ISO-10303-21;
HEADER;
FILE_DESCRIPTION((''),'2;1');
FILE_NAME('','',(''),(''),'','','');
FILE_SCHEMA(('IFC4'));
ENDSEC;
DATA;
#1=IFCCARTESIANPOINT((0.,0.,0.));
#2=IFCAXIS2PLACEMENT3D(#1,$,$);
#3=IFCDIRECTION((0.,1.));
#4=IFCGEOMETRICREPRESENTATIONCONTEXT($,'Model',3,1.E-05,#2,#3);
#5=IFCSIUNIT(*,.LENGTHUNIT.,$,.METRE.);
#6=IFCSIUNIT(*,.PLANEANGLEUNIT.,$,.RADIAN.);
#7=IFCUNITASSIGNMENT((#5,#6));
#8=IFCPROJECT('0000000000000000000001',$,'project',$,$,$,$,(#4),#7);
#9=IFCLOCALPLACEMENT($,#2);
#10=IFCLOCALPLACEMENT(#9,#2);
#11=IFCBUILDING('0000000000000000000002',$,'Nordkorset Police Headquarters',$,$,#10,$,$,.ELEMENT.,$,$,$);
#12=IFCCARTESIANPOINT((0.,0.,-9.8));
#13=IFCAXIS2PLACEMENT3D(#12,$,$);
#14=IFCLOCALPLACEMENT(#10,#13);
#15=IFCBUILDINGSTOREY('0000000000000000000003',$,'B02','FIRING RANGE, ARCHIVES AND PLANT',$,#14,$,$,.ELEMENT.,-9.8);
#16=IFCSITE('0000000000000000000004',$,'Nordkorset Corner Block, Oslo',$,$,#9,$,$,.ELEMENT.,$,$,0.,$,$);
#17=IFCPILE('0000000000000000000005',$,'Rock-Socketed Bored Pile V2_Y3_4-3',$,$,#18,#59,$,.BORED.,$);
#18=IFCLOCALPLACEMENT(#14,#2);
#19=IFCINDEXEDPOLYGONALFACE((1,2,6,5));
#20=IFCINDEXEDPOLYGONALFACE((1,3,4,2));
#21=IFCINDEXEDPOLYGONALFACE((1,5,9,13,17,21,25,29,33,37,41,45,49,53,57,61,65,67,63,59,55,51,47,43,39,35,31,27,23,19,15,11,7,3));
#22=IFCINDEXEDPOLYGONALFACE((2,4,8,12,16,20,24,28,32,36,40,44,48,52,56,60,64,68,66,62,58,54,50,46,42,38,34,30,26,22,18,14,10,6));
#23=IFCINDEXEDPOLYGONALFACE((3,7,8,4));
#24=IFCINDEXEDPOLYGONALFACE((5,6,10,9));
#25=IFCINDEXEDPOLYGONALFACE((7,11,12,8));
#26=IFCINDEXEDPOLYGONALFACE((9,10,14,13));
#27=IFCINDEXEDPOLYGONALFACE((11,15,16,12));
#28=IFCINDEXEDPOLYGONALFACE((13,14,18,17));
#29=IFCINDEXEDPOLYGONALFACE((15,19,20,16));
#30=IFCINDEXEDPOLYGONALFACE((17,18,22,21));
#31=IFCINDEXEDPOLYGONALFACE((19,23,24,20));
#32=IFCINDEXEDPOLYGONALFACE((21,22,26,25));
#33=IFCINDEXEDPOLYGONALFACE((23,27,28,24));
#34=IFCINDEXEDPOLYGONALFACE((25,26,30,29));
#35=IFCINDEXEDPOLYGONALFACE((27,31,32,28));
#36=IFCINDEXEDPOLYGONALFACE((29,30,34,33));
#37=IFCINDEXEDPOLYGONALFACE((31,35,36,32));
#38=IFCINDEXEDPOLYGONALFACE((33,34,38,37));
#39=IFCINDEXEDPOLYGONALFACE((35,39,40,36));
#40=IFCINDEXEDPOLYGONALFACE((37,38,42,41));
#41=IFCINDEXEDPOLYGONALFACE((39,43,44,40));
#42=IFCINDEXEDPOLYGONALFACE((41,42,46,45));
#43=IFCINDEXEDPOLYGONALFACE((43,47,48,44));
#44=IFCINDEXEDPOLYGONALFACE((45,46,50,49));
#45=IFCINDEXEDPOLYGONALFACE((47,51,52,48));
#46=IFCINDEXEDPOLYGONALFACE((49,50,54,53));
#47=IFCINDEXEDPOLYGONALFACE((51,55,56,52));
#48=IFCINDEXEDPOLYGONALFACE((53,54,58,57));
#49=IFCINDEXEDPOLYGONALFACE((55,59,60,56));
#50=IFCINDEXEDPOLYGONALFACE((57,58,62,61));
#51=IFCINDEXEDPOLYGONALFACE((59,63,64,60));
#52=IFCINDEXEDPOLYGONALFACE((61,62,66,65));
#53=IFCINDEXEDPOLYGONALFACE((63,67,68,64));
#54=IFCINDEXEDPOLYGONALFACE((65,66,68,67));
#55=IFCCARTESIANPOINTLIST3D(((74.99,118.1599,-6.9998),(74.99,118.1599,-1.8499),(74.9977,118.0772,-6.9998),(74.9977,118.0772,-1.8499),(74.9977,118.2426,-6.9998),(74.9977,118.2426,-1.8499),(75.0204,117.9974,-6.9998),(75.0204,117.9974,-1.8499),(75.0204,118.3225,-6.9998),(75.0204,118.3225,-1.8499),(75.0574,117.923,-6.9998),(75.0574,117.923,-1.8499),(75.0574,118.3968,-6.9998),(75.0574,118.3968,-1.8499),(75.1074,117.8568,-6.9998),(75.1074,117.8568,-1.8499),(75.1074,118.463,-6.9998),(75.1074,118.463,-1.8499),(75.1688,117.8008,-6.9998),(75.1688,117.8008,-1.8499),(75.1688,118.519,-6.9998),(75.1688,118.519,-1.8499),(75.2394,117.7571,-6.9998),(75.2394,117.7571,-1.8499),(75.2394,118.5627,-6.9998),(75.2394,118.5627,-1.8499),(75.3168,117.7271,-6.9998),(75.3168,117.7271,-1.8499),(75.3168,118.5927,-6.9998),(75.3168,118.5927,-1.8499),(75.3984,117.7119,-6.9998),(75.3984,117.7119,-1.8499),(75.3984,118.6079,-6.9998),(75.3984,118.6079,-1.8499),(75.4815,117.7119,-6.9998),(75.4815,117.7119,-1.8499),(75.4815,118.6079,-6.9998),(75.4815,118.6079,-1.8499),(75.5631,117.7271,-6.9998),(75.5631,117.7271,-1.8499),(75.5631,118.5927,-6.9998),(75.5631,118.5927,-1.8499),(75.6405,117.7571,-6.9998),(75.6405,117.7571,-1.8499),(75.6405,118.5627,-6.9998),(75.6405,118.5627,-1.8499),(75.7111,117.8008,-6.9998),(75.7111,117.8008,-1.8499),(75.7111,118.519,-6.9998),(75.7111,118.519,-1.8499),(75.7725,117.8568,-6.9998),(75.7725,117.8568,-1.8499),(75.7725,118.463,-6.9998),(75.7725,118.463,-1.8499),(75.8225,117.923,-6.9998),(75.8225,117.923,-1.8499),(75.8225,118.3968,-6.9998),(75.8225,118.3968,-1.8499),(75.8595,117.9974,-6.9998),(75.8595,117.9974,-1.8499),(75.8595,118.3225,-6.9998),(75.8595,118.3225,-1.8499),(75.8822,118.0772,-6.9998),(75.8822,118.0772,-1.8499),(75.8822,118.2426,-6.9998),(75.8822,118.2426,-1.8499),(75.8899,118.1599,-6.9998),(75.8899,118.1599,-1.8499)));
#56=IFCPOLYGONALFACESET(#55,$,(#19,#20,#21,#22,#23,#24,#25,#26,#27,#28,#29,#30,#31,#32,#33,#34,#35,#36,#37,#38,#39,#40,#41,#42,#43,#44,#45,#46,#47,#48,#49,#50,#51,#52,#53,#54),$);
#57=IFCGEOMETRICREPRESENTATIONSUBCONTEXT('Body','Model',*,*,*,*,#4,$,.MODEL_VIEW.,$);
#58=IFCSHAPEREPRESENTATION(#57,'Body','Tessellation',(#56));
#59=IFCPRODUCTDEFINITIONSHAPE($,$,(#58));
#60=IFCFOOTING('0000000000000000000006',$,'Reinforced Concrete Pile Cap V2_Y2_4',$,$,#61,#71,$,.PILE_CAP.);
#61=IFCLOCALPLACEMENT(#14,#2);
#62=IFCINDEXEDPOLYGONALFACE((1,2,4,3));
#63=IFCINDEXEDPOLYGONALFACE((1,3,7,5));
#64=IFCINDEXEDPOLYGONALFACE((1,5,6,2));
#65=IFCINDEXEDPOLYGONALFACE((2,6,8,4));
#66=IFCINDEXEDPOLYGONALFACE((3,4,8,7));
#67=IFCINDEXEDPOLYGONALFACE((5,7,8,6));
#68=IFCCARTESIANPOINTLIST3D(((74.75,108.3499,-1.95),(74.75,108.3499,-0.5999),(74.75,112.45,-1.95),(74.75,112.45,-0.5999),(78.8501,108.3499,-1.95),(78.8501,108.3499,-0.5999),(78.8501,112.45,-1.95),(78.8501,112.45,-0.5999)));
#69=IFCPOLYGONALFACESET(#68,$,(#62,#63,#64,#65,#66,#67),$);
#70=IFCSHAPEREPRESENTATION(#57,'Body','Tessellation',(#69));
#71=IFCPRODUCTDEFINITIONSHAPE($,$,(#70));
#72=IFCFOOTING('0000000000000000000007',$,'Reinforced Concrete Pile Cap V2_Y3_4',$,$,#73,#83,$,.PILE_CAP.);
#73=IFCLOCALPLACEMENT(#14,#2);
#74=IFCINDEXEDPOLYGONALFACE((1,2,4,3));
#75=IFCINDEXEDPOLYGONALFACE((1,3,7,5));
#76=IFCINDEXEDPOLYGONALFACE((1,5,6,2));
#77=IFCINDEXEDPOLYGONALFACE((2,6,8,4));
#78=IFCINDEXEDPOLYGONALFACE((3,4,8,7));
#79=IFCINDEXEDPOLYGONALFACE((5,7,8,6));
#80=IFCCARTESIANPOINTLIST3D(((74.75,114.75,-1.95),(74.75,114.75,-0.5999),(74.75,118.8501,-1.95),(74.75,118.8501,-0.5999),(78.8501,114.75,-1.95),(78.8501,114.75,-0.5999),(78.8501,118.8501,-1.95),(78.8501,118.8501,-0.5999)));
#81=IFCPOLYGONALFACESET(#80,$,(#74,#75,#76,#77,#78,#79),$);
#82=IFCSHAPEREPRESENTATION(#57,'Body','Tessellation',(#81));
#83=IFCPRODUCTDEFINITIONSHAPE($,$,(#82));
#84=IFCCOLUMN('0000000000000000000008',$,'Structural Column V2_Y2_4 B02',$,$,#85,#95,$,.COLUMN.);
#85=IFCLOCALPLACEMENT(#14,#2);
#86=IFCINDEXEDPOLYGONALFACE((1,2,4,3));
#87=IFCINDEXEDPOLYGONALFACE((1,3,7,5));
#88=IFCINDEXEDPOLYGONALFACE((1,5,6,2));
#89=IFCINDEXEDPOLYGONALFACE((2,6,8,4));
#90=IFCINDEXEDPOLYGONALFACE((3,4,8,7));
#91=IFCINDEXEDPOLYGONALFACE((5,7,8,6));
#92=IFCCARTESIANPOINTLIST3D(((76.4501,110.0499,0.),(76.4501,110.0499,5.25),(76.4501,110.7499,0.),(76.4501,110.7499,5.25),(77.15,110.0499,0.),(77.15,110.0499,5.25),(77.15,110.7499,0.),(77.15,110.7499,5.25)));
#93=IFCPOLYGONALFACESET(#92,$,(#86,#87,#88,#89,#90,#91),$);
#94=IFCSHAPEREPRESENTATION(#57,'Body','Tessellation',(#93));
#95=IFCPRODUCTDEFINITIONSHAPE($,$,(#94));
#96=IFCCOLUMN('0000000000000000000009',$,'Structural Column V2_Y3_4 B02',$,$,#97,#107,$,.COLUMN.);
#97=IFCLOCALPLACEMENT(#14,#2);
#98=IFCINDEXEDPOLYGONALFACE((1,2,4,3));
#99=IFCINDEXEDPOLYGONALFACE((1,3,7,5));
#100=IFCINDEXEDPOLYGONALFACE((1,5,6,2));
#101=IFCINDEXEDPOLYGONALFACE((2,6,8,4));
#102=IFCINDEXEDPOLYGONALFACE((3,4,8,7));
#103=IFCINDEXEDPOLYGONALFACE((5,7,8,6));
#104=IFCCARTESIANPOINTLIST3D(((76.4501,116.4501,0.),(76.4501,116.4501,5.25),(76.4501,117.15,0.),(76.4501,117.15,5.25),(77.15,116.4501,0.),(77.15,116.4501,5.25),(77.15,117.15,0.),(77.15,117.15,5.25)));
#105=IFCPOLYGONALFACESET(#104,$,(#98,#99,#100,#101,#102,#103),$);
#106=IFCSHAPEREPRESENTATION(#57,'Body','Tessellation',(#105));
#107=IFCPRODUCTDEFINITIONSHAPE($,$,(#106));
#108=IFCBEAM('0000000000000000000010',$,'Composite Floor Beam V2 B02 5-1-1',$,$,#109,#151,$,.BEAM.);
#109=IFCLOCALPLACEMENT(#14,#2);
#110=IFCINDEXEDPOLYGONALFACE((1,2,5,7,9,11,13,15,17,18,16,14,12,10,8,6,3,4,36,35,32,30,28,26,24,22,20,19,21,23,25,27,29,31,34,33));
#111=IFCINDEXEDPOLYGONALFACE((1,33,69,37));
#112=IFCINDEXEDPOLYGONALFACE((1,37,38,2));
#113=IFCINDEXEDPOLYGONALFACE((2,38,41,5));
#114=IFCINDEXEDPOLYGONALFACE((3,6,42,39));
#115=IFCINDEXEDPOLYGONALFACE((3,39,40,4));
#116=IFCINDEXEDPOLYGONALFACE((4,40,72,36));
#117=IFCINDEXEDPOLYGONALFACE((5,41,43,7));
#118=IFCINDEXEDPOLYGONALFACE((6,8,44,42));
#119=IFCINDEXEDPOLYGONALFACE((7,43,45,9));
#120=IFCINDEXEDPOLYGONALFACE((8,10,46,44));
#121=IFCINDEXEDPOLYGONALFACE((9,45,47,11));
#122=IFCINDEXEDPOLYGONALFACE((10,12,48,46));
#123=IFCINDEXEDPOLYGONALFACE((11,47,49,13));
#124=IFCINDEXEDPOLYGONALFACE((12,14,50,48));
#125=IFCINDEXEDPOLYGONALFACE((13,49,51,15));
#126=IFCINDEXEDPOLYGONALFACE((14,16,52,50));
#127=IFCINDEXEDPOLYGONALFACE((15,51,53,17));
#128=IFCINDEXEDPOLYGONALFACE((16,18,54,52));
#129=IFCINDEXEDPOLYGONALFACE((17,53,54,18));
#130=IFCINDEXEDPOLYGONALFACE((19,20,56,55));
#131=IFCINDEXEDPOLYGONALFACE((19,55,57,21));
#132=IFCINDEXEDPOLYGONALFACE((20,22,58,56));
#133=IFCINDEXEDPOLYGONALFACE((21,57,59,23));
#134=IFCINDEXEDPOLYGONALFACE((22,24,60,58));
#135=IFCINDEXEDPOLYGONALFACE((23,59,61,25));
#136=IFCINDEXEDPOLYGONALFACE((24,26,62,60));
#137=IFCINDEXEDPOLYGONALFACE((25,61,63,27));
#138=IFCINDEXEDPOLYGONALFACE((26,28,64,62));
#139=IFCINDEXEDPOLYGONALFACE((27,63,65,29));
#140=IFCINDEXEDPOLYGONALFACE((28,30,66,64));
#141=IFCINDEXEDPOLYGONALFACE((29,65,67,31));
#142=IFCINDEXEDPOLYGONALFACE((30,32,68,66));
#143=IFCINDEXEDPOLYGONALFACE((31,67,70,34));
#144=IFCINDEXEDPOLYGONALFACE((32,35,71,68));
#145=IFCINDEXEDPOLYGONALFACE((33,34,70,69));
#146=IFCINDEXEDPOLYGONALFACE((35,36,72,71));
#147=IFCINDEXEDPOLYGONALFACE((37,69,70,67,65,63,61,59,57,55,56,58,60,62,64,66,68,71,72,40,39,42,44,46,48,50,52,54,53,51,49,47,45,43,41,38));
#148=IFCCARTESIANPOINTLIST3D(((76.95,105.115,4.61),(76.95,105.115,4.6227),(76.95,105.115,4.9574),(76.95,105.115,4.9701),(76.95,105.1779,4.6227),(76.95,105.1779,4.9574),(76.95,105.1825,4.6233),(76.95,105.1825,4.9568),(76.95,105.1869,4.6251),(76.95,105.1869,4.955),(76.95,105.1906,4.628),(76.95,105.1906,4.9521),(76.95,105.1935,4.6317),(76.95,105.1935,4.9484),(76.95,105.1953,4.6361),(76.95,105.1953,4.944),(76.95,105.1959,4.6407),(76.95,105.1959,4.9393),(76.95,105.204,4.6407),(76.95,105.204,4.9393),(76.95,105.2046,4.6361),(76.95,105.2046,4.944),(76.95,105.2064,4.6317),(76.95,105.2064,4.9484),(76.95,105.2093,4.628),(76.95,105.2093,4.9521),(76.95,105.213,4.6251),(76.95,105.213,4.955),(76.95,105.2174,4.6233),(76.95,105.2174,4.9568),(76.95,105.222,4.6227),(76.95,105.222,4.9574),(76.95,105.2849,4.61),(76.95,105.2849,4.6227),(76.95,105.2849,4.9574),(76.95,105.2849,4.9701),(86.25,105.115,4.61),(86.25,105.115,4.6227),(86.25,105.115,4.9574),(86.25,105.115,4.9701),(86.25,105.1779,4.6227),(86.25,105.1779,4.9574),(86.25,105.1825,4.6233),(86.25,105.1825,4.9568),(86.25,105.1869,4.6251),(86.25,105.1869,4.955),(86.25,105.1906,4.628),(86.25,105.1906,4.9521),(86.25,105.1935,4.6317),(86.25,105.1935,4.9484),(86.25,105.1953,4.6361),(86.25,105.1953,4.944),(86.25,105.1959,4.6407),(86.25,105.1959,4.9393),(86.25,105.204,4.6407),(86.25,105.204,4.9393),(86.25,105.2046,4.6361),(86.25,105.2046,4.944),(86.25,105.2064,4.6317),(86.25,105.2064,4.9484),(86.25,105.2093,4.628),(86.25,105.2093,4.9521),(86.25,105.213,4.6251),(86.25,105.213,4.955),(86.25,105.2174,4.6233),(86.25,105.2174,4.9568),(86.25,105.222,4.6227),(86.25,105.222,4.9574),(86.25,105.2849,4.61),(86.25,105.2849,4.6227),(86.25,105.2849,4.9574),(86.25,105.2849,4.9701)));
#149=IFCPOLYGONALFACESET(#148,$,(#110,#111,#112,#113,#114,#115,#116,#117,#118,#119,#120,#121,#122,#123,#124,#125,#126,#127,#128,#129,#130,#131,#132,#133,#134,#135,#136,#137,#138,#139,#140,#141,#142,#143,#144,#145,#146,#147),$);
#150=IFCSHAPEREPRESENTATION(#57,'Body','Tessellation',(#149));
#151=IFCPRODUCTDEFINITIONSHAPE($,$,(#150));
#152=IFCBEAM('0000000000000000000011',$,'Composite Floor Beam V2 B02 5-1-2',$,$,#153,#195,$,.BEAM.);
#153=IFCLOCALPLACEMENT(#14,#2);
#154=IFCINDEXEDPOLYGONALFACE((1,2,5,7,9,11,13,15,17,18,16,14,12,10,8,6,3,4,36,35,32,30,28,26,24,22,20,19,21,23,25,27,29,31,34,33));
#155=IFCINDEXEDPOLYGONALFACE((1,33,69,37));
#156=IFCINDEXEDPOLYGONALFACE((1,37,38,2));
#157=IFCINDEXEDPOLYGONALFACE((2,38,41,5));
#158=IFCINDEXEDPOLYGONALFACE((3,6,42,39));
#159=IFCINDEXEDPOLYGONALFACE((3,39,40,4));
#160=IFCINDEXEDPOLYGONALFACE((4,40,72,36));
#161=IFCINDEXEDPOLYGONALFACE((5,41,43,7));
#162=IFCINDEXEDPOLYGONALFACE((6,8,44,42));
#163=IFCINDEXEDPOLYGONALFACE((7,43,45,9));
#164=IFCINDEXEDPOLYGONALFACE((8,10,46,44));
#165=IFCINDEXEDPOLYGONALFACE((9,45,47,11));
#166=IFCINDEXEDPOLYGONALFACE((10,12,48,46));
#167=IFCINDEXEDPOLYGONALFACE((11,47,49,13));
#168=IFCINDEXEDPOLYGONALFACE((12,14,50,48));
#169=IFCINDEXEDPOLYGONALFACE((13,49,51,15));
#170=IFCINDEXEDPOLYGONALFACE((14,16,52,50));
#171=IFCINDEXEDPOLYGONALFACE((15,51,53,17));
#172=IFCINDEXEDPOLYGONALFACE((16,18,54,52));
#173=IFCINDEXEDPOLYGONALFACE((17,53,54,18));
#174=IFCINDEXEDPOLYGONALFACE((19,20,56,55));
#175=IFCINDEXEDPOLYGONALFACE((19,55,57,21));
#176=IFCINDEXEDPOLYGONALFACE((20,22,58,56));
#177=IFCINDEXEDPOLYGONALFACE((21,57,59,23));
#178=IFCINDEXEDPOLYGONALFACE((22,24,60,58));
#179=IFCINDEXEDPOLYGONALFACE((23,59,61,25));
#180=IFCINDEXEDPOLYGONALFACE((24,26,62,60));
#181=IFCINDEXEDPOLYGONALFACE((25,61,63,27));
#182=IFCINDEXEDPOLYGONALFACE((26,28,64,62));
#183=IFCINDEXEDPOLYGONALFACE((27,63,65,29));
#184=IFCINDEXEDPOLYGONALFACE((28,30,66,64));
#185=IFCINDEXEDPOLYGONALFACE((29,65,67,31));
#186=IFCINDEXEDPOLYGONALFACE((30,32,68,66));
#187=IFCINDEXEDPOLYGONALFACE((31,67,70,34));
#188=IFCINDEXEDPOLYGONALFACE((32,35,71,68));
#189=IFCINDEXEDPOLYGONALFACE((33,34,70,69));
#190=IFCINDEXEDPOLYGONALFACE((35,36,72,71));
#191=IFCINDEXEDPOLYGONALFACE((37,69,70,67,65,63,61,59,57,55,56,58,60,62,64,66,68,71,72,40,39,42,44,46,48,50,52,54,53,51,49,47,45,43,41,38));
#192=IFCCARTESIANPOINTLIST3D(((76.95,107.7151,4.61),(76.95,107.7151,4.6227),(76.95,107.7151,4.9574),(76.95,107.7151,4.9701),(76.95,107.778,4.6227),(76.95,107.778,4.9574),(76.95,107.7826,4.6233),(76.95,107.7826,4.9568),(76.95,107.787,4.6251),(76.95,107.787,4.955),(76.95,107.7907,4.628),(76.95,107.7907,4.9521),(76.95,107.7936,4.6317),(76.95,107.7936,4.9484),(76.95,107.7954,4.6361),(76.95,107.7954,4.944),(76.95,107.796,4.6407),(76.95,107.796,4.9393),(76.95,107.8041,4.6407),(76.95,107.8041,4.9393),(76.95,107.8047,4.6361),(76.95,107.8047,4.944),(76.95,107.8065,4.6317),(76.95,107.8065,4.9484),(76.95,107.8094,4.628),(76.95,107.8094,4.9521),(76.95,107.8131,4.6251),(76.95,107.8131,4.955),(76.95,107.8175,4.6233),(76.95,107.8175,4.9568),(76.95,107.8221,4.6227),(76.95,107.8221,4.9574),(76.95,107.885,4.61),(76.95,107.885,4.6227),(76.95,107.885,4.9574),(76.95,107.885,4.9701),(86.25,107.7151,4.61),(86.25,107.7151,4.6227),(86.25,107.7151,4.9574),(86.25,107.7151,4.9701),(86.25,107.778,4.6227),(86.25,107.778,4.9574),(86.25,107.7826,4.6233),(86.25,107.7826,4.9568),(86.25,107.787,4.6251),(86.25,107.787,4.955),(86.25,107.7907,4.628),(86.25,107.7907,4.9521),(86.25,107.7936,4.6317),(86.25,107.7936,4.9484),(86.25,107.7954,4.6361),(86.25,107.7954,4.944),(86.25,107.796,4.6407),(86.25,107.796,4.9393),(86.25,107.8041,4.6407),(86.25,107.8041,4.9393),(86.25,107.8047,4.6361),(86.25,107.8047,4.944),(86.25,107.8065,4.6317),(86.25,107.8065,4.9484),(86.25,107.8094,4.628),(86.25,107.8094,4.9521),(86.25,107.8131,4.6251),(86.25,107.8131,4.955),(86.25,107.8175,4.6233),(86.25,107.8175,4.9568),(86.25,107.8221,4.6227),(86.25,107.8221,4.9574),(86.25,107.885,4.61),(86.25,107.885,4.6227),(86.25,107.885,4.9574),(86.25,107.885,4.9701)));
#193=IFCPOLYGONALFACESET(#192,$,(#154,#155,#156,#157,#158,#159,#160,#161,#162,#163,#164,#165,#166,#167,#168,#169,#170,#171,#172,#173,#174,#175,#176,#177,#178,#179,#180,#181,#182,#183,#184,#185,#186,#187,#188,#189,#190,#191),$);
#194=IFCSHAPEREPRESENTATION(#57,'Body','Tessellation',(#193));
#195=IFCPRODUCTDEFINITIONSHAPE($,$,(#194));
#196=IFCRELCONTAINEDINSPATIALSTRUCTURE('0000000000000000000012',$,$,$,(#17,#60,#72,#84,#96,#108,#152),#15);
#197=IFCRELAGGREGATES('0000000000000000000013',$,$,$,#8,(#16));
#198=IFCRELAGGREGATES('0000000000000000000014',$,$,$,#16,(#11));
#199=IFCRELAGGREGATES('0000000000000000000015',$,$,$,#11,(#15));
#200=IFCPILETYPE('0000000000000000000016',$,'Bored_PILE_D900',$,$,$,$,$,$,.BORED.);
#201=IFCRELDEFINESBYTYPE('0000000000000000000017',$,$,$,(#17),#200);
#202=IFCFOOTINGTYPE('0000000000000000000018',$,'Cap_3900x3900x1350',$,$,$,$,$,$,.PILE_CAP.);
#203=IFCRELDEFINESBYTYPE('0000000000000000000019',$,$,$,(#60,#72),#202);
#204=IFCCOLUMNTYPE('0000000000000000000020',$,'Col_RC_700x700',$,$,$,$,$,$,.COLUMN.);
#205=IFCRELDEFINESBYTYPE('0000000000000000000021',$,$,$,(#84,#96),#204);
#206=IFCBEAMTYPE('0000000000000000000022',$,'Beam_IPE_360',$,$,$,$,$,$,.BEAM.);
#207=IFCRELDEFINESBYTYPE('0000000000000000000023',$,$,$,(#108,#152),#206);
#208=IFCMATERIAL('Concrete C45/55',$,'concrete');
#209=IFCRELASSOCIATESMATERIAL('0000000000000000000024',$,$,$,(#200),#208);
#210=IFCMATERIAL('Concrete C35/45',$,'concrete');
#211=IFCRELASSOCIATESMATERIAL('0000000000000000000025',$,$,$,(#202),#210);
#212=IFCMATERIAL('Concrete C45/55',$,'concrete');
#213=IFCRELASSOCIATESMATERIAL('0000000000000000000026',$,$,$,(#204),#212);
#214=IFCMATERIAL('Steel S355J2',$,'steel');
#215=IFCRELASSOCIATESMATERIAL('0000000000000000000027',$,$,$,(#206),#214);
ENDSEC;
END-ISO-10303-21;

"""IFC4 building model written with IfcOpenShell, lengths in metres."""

from ifc_helpers import new_model, si_unit, direction, frame, origin, origin_2d, place, context, subcontext, project, spatial, rectangle, circle, i_section, extrude, material, material_profile, profile_set, type_object, element, save


model = new_model("IFC4")

# Units and contexts
model_context = context("Model", 3, precision=1e-05, world=origin(), true_north=direction((0.0, 1.0)))
body_context = subcontext(model_context, "Body", "Model", "MODEL_VIEW")
ifc_project = project(units=[si_unit("LENGTHUNIT", "METRE"), si_unit("PLANEANGLEUNIT", "RADIAN")], contexts=[model_context])

# Site, building, storey
site_placement = place(None, origin())
site = spatial("IfcSite", under=ifc_project, at=site_placement, Name="Nordkorset Corner Block, Oslo", CompositionType="ELEMENT", RefElevation=0.0)
building_placement = place(site_placement, origin())
building = spatial("IfcBuilding", under=site, at=building_placement, Name="Nordkorset Police Headquarters", CompositionType="ELEMENT")
storey_placement = place(building_placement, frame((0.0, 0.0, -9.8)))
storey = spatial("IfcBuildingStorey", under=building, at=storey_placement, Name="B02", Description="FIRING RANGE, ARCHIVES AND PLANT", CompositionType="ELEMENT", Elevation=-9.8)

# Pile
ifc_material_1 = material(Name="Concrete C45/55", Category="concrete")
ifc_material_profile_1 = material_profile(ifc_material_1, circle(Radius=0.45, at=origin_2d()), Name="PILE D900")
ifc_profile_set_1 = profile_set([ifc_material_profile_1], Name="Concrete C45/55")
pile_type = type_object("IfcPileType", Name="Bored_PILE_D900", PredefinedType="BORED", material=ifc_profile_set_1)
for number, where, z_axis, x_axis, name in (
    (1, (75.4399, 118.1599, -1.8499), (0.0, 0.0, -1.0), (1.0, 0.0, 0.0), "Rock-Socketed Bored Pile V2_Y3_4-3"),
):
    element("IfcPile", number, at=place(storey_placement, frame(where, z_axis=z_axis, x_axis=x_axis)), inside=storey, type_object=pile_type, Name=name, PredefinedType="BORED", context=body_context, shape_type="SweptSolid", body=[
        extrude(circle(Radius=0.45, at=origin_2d()), origin(), (0.0, 0.0, 1.0), 5.1499),
    ])

# Footings
ifc_material_2 = material(Name="Concrete C35/45", Category="concrete")
footing_type = type_object("IfcFootingType", Name="Cap_3900x3900x1350", PredefinedType="PILE_CAP", material=ifc_material_2)
for number, where, z_axis, x_axis, name in (
    (2, (76.8, 110.3999, -1.95), (0.0, 0.0, 1.0), (1.0, 0.0, 0.0), "Reinforced Concrete Pile Cap V2_Y2_4"),
    (3, (76.8, 116.8, -1.95), (0.0, 0.0, 1.0), (1.0, 0.0, 0.0), "Reinforced Concrete Pile Cap V2_Y3_4"),
):
    element("IfcFooting", number, at=place(storey_placement, frame(where, z_axis=z_axis, x_axis=x_axis)), inside=storey, type_object=footing_type, Name=name, PredefinedType="PILE_CAP", context=body_context, shape_type="SweptSolid", body=[
        extrude(rectangle(XDim=4.1001, YDim=4.1001, at=origin_2d()), origin(), (0.0, 0.0, 1.0), 1.3501),
    ])

# Columns
ifc_material_3 = material(Name="Concrete C45/55", Category="concrete")
ifc_material_profile_2 = material_profile(ifc_material_3, rectangle(XDim=0.7, YDim=0.7, at=origin_2d()), Name="RC 700x700")
ifc_profile_set_2 = profile_set([ifc_material_profile_2], Name="Concrete C45/55")
column_type = type_object("IfcColumnType", Name="Col_RC_700x700", PredefinedType="COLUMN", material=ifc_profile_set_2)
for number, where, z_axis, x_axis, name in (
    (4, (76.8, 110.3999, 0.0), (0.0, 0.0, 1.0), (1.0, 0.0, 0.0), "Structural Column V2_Y2_4 B02"),
    (5, (76.8, 116.8, 0.0), (0.0, 0.0, 1.0), (1.0, 0.0, 0.0), "Structural Column V2_Y3_4 B02"),
):
    element("IfcColumn", number, at=place(storey_placement, frame(where, z_axis=z_axis, x_axis=x_axis)), inside=storey, type_object=column_type, Name=name, PredefinedType="COLUMN", context=body_context, shape_type="SweptSolid", body=[
        extrude(rectangle(XDim=0.7, YDim=0.7, at=origin_2d()), origin(), (0.0, 0.0, 1.0), 5.25),
    ])

# Beams
ifc_material_4 = material(Name="Steel S355J2", Category="steel")
ifc_material_profile_3 = material_profile(ifc_material_4, i_section(OverallWidth=0.1699, OverallDepth=0.3601, WebThickness=0.0081, FlangeThickness=0.0127, FilletRadius=0.0181, at=origin_2d()), Name="IPE 360")
ifc_profile_set_3 = profile_set([ifc_material_profile_3], Name="Steel S355J2")
beam_type_1 = type_object("IfcBeamType", Name="Beam_IPE_360", PredefinedType="BEAM", material=ifc_profile_set_3)
for number, where, z_axis, x_axis, name in (
    (6, (76.95, 105.2, 4.79), (1.0, 0.0, 0.0), (0.0, 1.0, 0.0), "Composite Floor Beam V2 B02 5-1-1"),
    (7, (76.95, 107.8, 4.79), (1.0, 0.0, 0.0), (0.0, 1.0, 0.0), "Composite Floor Beam V2 B02 5-1-2"),
):
    element("IfcBeam", number, at=place(storey_placement, frame(where, z_axis=z_axis, x_axis=x_axis)), inside=storey, type_object=beam_type_1, Name=name, PredefinedType="BEAM", context=body_context, shape_type="SweptSolid", body=[
        extrude(i_section(OverallWidth=0.1699, OverallDepth=0.3601, WebThickness=0.0081, FlangeThickness=0.0127, FilletRadius=0.0181, at=origin_2d()), origin(), (0.0, 0.0, 1.0), 9.3),
    ])

save(model, "model.ifc")
